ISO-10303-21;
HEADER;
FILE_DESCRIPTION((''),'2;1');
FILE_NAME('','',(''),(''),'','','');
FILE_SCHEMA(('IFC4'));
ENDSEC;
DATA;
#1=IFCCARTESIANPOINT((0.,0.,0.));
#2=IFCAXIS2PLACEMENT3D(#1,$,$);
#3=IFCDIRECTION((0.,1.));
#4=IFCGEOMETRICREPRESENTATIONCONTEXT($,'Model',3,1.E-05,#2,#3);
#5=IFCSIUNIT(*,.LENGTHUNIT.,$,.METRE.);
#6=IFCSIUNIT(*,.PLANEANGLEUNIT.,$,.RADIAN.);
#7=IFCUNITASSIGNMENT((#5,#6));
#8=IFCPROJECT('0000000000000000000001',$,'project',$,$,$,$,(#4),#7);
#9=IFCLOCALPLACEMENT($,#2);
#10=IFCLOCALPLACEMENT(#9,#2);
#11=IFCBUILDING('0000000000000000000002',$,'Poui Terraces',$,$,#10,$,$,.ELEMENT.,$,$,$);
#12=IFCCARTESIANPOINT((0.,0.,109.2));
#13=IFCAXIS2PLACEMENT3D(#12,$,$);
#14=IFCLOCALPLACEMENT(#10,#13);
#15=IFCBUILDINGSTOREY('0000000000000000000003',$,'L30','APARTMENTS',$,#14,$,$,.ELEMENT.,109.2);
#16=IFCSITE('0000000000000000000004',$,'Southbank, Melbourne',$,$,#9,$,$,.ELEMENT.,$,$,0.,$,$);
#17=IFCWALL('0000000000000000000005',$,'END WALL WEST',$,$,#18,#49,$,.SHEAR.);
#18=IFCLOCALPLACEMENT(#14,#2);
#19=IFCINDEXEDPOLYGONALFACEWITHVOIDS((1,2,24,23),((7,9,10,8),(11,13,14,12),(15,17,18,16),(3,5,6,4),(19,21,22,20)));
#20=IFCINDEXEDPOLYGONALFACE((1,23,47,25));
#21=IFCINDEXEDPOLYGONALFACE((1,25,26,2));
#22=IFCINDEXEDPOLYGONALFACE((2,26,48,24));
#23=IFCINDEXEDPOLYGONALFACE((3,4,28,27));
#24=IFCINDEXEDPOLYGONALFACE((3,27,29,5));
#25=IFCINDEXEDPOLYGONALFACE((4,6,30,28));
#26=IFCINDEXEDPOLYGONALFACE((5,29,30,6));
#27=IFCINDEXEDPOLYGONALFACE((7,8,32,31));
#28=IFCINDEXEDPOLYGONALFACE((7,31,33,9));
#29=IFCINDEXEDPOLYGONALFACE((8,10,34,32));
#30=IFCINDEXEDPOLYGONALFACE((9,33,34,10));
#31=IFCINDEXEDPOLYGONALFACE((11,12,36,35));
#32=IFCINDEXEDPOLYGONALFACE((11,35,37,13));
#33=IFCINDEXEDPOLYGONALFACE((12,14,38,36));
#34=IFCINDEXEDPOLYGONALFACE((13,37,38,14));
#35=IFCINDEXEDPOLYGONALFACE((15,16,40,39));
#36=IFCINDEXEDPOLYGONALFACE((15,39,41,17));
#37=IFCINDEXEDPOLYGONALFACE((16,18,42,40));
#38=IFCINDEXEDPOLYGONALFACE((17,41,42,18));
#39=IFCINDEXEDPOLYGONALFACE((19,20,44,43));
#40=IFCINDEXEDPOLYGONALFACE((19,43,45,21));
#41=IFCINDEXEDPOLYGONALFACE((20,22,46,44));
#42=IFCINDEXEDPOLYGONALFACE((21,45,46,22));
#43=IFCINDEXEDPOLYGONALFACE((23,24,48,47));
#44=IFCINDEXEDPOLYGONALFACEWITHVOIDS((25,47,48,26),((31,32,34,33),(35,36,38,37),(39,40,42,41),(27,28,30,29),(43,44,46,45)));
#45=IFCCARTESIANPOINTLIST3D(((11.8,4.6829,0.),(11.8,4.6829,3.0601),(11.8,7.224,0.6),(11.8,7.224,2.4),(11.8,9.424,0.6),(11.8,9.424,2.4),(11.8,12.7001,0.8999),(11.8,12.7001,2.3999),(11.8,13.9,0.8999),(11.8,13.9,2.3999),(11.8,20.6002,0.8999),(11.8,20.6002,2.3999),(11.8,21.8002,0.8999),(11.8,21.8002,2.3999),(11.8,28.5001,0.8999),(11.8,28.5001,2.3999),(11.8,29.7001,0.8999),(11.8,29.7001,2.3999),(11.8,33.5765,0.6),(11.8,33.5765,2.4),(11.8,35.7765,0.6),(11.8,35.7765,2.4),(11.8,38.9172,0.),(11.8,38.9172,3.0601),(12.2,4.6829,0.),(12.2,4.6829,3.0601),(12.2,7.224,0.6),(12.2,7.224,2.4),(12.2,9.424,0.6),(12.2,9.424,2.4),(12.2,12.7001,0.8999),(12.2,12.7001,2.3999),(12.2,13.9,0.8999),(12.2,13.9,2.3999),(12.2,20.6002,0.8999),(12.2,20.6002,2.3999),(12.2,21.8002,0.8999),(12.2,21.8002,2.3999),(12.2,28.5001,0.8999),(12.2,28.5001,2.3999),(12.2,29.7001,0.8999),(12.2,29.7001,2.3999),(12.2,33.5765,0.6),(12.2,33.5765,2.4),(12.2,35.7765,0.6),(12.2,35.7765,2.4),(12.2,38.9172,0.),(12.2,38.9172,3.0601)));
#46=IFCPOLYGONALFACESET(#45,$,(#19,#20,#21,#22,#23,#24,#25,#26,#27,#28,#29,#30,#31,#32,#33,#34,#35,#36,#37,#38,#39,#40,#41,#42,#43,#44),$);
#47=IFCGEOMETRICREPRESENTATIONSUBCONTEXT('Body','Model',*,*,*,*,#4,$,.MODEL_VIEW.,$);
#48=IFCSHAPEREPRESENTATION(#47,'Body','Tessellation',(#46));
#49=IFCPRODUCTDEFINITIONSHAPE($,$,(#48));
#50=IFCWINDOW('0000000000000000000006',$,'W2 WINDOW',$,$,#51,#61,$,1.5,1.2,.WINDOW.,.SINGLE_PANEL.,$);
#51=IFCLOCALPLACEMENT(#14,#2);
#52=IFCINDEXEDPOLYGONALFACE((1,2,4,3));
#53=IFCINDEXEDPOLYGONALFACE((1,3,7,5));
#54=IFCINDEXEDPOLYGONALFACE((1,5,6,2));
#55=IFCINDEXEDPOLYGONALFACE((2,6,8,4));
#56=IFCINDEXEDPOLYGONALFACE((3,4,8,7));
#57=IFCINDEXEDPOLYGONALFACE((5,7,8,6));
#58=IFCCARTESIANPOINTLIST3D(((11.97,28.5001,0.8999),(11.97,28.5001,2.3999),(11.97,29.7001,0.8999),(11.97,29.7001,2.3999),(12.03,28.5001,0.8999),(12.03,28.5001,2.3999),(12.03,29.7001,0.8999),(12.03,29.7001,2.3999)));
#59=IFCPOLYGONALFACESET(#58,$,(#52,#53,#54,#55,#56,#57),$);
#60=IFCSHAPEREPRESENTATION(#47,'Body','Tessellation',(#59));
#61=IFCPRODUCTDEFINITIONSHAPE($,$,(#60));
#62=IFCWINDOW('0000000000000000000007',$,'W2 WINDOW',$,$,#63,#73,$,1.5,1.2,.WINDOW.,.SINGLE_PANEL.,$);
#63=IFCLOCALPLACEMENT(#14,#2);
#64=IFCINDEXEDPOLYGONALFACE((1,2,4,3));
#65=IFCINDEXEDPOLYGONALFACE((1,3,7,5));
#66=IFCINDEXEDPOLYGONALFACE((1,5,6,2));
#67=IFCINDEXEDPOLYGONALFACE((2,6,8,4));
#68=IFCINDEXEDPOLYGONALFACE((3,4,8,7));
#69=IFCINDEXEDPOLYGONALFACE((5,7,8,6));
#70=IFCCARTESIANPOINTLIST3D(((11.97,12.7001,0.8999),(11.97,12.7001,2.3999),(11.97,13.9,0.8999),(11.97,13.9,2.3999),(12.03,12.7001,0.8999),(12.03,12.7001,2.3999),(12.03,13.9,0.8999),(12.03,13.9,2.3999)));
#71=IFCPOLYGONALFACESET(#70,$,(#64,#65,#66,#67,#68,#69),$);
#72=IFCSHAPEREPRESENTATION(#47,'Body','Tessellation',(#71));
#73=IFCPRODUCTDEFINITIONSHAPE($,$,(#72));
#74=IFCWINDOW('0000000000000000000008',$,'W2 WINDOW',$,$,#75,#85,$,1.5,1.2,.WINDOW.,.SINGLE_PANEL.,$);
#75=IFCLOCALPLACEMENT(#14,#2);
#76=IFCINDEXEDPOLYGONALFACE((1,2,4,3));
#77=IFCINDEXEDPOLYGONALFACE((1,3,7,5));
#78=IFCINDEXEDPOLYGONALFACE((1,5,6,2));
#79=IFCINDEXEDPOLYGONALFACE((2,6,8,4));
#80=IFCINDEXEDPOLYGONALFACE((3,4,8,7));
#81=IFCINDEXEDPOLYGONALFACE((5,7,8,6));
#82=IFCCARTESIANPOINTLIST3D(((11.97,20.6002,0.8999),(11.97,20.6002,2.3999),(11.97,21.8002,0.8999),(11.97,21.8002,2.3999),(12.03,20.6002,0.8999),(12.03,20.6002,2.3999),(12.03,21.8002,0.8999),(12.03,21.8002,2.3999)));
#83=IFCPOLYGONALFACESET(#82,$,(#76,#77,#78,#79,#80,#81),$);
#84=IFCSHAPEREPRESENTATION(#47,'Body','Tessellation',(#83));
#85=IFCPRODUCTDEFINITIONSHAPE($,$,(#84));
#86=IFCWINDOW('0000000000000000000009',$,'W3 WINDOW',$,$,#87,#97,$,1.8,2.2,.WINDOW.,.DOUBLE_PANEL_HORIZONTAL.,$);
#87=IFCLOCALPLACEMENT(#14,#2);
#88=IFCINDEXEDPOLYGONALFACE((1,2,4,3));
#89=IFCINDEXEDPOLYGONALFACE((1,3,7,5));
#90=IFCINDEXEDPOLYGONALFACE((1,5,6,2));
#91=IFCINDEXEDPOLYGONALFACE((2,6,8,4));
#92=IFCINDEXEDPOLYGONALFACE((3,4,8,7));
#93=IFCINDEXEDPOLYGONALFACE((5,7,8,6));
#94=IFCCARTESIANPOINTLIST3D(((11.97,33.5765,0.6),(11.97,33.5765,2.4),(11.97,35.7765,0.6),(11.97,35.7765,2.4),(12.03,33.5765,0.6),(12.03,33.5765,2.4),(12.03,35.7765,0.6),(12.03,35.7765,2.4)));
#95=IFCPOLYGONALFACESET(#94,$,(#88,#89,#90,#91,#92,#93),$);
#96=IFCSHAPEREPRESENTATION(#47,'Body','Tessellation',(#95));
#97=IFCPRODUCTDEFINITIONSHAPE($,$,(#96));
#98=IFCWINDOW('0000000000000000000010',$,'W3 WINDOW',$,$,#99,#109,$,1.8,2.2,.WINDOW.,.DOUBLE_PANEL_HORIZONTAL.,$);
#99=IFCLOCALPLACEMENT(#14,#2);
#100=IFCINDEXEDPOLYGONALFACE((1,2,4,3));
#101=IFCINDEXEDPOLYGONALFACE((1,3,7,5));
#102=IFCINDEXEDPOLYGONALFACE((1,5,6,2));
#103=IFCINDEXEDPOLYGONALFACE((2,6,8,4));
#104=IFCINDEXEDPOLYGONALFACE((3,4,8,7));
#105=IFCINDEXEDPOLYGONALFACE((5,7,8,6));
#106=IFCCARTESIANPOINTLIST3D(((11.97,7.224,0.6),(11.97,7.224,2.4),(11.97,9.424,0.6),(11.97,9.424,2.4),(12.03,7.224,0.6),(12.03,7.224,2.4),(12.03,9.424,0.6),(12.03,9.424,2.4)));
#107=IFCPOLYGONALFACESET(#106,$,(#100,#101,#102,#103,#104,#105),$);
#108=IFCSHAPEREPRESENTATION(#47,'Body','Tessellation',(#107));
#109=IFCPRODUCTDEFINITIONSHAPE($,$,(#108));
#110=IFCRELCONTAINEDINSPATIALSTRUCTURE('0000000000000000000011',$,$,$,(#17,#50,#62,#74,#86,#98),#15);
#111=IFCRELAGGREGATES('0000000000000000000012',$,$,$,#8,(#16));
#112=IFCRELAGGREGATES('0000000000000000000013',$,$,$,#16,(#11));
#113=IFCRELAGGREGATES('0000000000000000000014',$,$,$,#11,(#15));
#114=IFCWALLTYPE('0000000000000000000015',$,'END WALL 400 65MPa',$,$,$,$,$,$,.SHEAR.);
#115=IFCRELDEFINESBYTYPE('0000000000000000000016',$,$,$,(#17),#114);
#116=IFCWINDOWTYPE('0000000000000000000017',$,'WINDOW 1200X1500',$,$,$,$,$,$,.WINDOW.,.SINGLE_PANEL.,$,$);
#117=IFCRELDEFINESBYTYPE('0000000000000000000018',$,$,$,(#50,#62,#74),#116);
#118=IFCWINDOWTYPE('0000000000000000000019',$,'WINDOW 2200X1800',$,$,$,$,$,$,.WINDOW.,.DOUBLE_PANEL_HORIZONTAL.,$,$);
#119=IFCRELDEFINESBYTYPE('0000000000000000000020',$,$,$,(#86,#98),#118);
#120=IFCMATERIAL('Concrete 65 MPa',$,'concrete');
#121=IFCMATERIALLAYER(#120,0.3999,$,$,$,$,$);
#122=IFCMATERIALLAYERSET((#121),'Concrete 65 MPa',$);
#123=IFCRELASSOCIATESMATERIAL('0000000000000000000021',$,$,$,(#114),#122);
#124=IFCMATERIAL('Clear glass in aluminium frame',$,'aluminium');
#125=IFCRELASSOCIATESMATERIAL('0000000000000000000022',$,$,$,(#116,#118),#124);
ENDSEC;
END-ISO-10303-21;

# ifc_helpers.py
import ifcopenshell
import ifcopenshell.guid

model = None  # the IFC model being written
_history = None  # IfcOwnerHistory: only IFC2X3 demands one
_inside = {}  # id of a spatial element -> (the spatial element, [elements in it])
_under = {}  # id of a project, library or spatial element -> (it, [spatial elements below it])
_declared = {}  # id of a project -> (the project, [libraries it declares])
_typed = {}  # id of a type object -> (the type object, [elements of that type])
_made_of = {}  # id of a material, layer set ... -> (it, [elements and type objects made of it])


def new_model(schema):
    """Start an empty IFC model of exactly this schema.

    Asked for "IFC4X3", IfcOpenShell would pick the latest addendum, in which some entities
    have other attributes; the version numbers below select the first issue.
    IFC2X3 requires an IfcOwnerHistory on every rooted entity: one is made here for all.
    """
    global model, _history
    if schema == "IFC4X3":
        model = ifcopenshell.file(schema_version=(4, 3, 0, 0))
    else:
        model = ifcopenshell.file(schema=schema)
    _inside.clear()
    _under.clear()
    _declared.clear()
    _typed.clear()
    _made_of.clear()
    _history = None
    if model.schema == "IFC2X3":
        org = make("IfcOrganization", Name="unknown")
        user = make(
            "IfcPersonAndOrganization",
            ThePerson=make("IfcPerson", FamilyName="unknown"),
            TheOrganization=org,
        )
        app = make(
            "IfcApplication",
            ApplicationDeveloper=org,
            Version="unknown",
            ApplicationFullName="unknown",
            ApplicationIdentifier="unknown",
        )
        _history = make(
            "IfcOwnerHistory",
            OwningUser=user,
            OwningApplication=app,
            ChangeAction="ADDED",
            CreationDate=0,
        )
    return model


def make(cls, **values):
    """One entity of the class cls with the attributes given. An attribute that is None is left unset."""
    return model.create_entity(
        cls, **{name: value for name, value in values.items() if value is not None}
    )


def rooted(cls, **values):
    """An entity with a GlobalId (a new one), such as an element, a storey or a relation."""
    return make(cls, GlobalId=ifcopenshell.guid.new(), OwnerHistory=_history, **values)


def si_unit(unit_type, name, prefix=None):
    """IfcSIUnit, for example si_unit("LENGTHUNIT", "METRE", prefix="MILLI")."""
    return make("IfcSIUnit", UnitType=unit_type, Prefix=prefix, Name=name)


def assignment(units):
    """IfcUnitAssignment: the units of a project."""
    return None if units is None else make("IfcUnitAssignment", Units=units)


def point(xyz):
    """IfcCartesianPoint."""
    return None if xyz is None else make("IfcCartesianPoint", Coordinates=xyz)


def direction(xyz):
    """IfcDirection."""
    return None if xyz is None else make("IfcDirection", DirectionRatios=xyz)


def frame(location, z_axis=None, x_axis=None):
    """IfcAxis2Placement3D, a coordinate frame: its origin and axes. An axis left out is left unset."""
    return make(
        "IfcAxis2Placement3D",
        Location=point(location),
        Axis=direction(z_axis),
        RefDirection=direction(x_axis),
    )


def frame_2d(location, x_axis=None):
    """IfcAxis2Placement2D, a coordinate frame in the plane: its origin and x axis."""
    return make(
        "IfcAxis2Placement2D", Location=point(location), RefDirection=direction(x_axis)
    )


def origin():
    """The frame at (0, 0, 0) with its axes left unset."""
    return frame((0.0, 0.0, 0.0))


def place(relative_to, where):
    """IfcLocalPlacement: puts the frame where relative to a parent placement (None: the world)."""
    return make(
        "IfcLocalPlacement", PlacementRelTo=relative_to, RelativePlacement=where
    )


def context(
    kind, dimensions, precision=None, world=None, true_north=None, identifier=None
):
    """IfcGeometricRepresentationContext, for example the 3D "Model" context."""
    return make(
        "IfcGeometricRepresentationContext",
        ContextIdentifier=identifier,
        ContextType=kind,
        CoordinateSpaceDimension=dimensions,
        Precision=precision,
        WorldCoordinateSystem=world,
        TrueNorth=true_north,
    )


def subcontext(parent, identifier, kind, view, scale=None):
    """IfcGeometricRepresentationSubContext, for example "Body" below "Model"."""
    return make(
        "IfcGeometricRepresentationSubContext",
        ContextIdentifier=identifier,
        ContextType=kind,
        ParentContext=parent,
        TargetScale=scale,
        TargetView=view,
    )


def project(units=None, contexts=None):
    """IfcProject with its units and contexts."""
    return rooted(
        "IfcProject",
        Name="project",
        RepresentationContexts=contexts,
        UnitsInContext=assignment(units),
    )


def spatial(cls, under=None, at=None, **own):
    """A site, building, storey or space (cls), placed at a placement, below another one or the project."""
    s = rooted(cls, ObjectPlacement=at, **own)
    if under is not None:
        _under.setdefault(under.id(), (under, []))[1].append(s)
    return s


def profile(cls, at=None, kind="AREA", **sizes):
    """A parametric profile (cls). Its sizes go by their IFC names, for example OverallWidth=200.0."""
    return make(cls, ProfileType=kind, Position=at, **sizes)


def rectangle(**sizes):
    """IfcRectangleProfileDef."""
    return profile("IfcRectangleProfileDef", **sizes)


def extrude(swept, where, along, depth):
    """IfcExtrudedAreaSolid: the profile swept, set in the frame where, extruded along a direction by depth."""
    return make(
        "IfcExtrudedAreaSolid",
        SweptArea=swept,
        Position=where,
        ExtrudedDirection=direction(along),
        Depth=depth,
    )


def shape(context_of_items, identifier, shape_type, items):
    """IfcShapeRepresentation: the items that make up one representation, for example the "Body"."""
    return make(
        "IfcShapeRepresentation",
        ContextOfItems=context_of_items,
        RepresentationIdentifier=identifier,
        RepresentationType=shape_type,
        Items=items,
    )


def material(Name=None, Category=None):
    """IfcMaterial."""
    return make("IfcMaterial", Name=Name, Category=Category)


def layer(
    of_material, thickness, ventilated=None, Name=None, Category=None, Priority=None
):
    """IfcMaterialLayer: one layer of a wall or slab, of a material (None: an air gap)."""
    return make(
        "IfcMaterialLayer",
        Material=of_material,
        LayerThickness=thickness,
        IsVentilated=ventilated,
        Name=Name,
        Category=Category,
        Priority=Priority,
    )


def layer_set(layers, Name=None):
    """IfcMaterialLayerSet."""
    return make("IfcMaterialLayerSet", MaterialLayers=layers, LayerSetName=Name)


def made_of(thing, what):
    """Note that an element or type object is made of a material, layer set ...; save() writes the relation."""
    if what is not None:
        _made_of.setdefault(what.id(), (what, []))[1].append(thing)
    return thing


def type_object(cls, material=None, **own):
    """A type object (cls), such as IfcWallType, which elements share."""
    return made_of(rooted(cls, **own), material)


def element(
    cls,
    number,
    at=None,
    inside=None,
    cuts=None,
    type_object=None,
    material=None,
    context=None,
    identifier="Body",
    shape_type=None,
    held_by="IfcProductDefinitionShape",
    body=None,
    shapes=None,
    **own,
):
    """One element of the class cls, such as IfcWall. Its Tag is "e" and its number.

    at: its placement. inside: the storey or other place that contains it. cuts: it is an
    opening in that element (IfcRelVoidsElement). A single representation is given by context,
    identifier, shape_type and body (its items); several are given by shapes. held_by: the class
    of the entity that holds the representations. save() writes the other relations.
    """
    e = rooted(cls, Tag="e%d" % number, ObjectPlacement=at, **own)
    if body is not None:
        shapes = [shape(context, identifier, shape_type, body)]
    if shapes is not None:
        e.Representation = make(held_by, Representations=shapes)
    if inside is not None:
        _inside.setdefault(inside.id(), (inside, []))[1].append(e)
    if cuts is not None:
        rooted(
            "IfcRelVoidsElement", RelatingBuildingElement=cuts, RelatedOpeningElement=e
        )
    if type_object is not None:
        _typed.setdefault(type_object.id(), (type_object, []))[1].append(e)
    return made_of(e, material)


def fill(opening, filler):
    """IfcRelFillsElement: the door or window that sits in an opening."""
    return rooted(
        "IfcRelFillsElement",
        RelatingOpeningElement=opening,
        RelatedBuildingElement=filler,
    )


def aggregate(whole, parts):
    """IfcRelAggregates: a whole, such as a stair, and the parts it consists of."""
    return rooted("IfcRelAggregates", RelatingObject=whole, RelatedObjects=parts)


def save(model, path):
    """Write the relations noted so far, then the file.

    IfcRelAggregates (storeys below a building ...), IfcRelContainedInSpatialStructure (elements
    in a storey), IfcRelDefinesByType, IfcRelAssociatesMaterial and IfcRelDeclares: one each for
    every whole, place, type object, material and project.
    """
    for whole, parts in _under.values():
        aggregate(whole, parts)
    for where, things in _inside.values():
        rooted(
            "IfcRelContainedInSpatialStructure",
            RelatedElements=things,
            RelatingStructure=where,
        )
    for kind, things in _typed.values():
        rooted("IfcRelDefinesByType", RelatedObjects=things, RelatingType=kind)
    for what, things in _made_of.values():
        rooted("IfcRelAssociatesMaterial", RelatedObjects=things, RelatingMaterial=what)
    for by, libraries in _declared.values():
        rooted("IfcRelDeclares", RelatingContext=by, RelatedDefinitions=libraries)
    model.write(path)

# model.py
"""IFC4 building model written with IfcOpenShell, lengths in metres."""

from ifc_helpers import new_model, si_unit, direction, frame, frame_2d, origin, place, context, subcontext, project, spatial, rectangle, extrude, material, layer, layer_set, type_object, element, fill, save


model = new_model("IFC4")

# Units and contexts
model_context = context("Model", 3, precision=1e-05, world=origin(), true_north=direction((0.0, 1.0)))
body_context = subcontext(model_context, "Body", "Model", "MODEL_VIEW")
ifc_project = project(units=[si_unit("LENGTHUNIT", "METRE"), si_unit("PLANEANGLEUNIT", "RADIAN")], contexts=[model_context])

# Site, building, storey
site_placement = place(None, origin())
site = spatial("IfcSite", under=ifc_project, at=site_placement, Name="Southbank, Melbourne", CompositionType="ELEMENT", RefElevation=0.0)
building_placement = place(site_placement, origin())
building = spatial("IfcBuilding", under=site, at=building_placement, Name="Poui Terraces", CompositionType="ELEMENT")
storey_placement = place(building_placement, frame((0.0, 0.0, 109.2)))
storey = spatial("IfcBuildingStorey", under=building, at=storey_placement, Name="L30", Description="APARTMENTS", CompositionType="ELEMENT", Elevation=109.2)

# Shared definitions
ifc_material_1 = material(Name="Concrete 65 MPa", Category="concrete")

# Wall, openings, windows
ifc_layer_1 = layer(ifc_material_1, 0.3999)
ifc_layer_set_1 = layer_set([ifc_layer_1], Name="Concrete 65 MPa")
wall_type_1 = type_object("IfcWallType", Name="END WALL 400 65MPa", PredefinedType="SHEAR", material=ifc_layer_set_1)
wall_1_placement = place(storey_placement, frame((12.0, 4.6829, 0.0), z_axis=(0.0, 0.0, 1.0), x_axis=(0.0, 1.0, 0.0)))
wall_1 = element("IfcWall", 1, at=wall_1_placement, inside=storey, type_object=wall_type_1, Name="END WALL WEST", PredefinedType="SHEAR", context=body_context, shape_type="SweptSolid", body=[
    extrude(rectangle(XDim=34.2344, YDim=0.3999, at=frame_2d((17.1172, 0.0))), origin(), (0.0, 0.0, 1.0), 3.0601),
])
opening_1_placement = place(wall_1_placement, frame((23.8171, 0.0, 0.8999)))
opening_1 = element("IfcOpeningElement", 2, at=opening_1_placement, cuts=wall_1, PredefinedType="OPENING", context=body_context, shape_type="SweptSolid", body=[
    extrude(rectangle(XDim=1.2, YDim=1.5, at=frame_2d((0.6001, 0.75))), frame((0.0, 0.21, 0.0), z_axis=(0.0, -1.0, 0.0), x_axis=(1.0, 0.0, 0.0)), (0.0, 0.0, 1.0), 0.4199),
])
opening_2_placement = place(wall_1_placement, frame((8.0171, 0.0, 0.8999)))
opening_2 = element("IfcOpeningElement", 3, at=opening_2_placement, cuts=wall_1, PredefinedType="OPENING", context=body_context, shape_type="SweptSolid", body=[
    extrude(rectangle(XDim=1.2, YDim=1.5, at=frame_2d((0.6001, 0.75))), frame((0.0, 0.21, 0.0), z_axis=(0.0, -1.0, 0.0), x_axis=(1.0, 0.0, 0.0)), (0.0, 0.0, 1.0), 0.4199),
])
opening_3_placement = place(wall_1_placement, frame((15.9172, 0.0, 0.8999)))
opening_3 = element("IfcOpeningElement", 4, at=opening_3_placement, cuts=wall_1, PredefinedType="OPENING", context=body_context, shape_type="SweptSolid", body=[
    extrude(rectangle(XDim=1.2, YDim=1.5, at=frame_2d((0.6001, 0.75))), frame((0.0, 0.21, 0.0), z_axis=(0.0, -1.0, 0.0), x_axis=(1.0, 0.0, 0.0)), (0.0, 0.0, 1.0), 0.4199),
])
opening_4_placement = place(wall_1_placement, frame((28.8936, 0.0, 0.6001)))
opening_4 = element("IfcOpeningElement", 5, at=opening_4_placement, cuts=wall_1, PredefinedType="OPENING", context=body_context, shape_type="SweptSolid", body=[
    extrude(rectangle(XDim=2.2, YDim=1.8, at=frame_2d((1.1001, 0.8999))), frame((0.0, 0.21, 0.0), z_axis=(0.0, -1.0, 0.0), x_axis=(1.0, 0.0, 0.0)), (0.0, 0.0, 1.0), 0.4199),
])
opening_5_placement = place(wall_1_placement, frame((2.541, 0.0, 0.6001)))
opening_5 = element("IfcOpeningElement", 6, at=opening_5_placement, cuts=wall_1, PredefinedType="OPENING", context=body_context, shape_type="SweptSolid", body=[
    extrude(rectangle(XDim=2.2, YDim=1.8, at=frame_2d((1.1001, 0.8999))), frame((0.0, 0.21, 0.0), z_axis=(0.0, -1.0, 0.0), x_axis=(1.0, 0.0, 0.0)), (0.0, 0.0, 1.0), 0.4199),
])
ifc_material_2 = material(Name="Clear glass in aluminium frame", Category="aluminium")
window_type_1 = type_object("IfcWindowType", Name="WINDOW 1200X1500", PartitioningType="SINGLE_PANEL", PredefinedType="WINDOW", material=ifc_material_2)
window_1_placement = place(opening_1_placement, origin())
window_1 = element("IfcWindow", 7, at=window_1_placement, inside=storey, type_object=window_type_1, Name="W2 WINDOW", OverallHeight=1.5, OverallWidth=1.2, PartitioningType="SINGLE_PANEL", PredefinedType="WINDOW", context=body_context, shape_type="SweptSolid", body=[
    extrude(rectangle(XDim=1.2, YDim=1.5, at=frame_2d((0.6001, 0.75))), frame((0.0, 0.03, 0.0), z_axis=(0.0, -1.0, 0.0), x_axis=(1.0, 0.0, 0.0)), (0.0, 0.0, 1.0), 0.0601),
])
fill(opening_1, window_1)
window_2_placement = place(opening_2_placement, origin())
window_2 = element("IfcWindow", 8, at=window_2_placement, inside=storey, type_object=window_type_1, Name="W2 WINDOW", OverallHeight=1.5, OverallWidth=1.2, PartitioningType="SINGLE_PANEL", PredefinedType="WINDOW", context=body_context, shape_type="SweptSolid", body=[
    extrude(rectangle(XDim=1.2, YDim=1.5, at=frame_2d((0.6001, 0.75))), frame((0.0, 0.03, 0.0), z_axis=(0.0, -1.0, 0.0), x_axis=(1.0, 0.0, 0.0)), (0.0, 0.0, 1.0), 0.0601),
])
fill(opening_2, window_2)
window_3_placement = place(opening_3_placement, origin())
window_3 = element("IfcWindow", 9, at=window_3_placement, inside=storey, type_object=window_type_1, Name="W2 WINDOW", OverallHeight=1.5, OverallWidth=1.2, PartitioningType="SINGLE_PANEL", PredefinedType="WINDOW", context=body_context, shape_type="SweptSolid", body=[
    extrude(rectangle(XDim=1.2, YDim=1.5, at=frame_2d((0.6001, 0.75))), frame((0.0, 0.03, 0.0), z_axis=(0.0, -1.0, 0.0), x_axis=(1.0, 0.0, 0.0)), (0.0, 0.0, 1.0), 0.0601),
])
fill(opening_3, window_3)
window_type_2 = type_object("IfcWindowType", Name="WINDOW 2200X1800", PartitioningType="DOUBLE_PANEL_HORIZONTAL", PredefinedType="WINDOW", material=ifc_material_2)
window_4_placement = place(opening_4_placement, origin())
window_4 = element("IfcWindow", 10, at=window_4_placement, inside=storey, type_object=window_type_2, Name="W3 WINDOW", OverallHeight=1.8, OverallWidth=2.2, PartitioningType="DOUBLE_PANEL_HORIZONTAL", PredefinedType="WINDOW", context=body_context, shape_type="SweptSolid", body=[
    extrude(rectangle(XDim=2.2, YDim=1.8, at=frame_2d((1.1001, 0.8999))), frame((0.0, 0.03, 0.0), z_axis=(0.0, -1.0, 0.0), x_axis=(1.0, 0.0, 0.0)), (0.0, 0.0, 1.0), 0.0601),
])
fill(opening_4, window_4)
window_5_placement = place(opening_5_placement, origin())
window_5 = element("IfcWindow", 11, at=window_5_placement, inside=storey, type_object=window_type_2, Name="W3 WINDOW", OverallHeight=1.8, OverallWidth=2.2, PartitioningType="DOUBLE_PANEL_HORIZONTAL", PredefinedType="WINDOW", context=body_context, shape_type="SweptSolid", body=[
    extrude(rectangle(XDim=2.2, YDim=1.8, at=frame_2d((1.1001, 0.8999))), frame((0.0, 0.03, 0.0), z_axis=(0.0, -1.0, 0.0), x_axis=(1.0, 0.0, 0.0)), (0.0, 0.0, 1.0), 0.0601),
])
fill(opening_5, window_5)

save(model, "model.ifc")
